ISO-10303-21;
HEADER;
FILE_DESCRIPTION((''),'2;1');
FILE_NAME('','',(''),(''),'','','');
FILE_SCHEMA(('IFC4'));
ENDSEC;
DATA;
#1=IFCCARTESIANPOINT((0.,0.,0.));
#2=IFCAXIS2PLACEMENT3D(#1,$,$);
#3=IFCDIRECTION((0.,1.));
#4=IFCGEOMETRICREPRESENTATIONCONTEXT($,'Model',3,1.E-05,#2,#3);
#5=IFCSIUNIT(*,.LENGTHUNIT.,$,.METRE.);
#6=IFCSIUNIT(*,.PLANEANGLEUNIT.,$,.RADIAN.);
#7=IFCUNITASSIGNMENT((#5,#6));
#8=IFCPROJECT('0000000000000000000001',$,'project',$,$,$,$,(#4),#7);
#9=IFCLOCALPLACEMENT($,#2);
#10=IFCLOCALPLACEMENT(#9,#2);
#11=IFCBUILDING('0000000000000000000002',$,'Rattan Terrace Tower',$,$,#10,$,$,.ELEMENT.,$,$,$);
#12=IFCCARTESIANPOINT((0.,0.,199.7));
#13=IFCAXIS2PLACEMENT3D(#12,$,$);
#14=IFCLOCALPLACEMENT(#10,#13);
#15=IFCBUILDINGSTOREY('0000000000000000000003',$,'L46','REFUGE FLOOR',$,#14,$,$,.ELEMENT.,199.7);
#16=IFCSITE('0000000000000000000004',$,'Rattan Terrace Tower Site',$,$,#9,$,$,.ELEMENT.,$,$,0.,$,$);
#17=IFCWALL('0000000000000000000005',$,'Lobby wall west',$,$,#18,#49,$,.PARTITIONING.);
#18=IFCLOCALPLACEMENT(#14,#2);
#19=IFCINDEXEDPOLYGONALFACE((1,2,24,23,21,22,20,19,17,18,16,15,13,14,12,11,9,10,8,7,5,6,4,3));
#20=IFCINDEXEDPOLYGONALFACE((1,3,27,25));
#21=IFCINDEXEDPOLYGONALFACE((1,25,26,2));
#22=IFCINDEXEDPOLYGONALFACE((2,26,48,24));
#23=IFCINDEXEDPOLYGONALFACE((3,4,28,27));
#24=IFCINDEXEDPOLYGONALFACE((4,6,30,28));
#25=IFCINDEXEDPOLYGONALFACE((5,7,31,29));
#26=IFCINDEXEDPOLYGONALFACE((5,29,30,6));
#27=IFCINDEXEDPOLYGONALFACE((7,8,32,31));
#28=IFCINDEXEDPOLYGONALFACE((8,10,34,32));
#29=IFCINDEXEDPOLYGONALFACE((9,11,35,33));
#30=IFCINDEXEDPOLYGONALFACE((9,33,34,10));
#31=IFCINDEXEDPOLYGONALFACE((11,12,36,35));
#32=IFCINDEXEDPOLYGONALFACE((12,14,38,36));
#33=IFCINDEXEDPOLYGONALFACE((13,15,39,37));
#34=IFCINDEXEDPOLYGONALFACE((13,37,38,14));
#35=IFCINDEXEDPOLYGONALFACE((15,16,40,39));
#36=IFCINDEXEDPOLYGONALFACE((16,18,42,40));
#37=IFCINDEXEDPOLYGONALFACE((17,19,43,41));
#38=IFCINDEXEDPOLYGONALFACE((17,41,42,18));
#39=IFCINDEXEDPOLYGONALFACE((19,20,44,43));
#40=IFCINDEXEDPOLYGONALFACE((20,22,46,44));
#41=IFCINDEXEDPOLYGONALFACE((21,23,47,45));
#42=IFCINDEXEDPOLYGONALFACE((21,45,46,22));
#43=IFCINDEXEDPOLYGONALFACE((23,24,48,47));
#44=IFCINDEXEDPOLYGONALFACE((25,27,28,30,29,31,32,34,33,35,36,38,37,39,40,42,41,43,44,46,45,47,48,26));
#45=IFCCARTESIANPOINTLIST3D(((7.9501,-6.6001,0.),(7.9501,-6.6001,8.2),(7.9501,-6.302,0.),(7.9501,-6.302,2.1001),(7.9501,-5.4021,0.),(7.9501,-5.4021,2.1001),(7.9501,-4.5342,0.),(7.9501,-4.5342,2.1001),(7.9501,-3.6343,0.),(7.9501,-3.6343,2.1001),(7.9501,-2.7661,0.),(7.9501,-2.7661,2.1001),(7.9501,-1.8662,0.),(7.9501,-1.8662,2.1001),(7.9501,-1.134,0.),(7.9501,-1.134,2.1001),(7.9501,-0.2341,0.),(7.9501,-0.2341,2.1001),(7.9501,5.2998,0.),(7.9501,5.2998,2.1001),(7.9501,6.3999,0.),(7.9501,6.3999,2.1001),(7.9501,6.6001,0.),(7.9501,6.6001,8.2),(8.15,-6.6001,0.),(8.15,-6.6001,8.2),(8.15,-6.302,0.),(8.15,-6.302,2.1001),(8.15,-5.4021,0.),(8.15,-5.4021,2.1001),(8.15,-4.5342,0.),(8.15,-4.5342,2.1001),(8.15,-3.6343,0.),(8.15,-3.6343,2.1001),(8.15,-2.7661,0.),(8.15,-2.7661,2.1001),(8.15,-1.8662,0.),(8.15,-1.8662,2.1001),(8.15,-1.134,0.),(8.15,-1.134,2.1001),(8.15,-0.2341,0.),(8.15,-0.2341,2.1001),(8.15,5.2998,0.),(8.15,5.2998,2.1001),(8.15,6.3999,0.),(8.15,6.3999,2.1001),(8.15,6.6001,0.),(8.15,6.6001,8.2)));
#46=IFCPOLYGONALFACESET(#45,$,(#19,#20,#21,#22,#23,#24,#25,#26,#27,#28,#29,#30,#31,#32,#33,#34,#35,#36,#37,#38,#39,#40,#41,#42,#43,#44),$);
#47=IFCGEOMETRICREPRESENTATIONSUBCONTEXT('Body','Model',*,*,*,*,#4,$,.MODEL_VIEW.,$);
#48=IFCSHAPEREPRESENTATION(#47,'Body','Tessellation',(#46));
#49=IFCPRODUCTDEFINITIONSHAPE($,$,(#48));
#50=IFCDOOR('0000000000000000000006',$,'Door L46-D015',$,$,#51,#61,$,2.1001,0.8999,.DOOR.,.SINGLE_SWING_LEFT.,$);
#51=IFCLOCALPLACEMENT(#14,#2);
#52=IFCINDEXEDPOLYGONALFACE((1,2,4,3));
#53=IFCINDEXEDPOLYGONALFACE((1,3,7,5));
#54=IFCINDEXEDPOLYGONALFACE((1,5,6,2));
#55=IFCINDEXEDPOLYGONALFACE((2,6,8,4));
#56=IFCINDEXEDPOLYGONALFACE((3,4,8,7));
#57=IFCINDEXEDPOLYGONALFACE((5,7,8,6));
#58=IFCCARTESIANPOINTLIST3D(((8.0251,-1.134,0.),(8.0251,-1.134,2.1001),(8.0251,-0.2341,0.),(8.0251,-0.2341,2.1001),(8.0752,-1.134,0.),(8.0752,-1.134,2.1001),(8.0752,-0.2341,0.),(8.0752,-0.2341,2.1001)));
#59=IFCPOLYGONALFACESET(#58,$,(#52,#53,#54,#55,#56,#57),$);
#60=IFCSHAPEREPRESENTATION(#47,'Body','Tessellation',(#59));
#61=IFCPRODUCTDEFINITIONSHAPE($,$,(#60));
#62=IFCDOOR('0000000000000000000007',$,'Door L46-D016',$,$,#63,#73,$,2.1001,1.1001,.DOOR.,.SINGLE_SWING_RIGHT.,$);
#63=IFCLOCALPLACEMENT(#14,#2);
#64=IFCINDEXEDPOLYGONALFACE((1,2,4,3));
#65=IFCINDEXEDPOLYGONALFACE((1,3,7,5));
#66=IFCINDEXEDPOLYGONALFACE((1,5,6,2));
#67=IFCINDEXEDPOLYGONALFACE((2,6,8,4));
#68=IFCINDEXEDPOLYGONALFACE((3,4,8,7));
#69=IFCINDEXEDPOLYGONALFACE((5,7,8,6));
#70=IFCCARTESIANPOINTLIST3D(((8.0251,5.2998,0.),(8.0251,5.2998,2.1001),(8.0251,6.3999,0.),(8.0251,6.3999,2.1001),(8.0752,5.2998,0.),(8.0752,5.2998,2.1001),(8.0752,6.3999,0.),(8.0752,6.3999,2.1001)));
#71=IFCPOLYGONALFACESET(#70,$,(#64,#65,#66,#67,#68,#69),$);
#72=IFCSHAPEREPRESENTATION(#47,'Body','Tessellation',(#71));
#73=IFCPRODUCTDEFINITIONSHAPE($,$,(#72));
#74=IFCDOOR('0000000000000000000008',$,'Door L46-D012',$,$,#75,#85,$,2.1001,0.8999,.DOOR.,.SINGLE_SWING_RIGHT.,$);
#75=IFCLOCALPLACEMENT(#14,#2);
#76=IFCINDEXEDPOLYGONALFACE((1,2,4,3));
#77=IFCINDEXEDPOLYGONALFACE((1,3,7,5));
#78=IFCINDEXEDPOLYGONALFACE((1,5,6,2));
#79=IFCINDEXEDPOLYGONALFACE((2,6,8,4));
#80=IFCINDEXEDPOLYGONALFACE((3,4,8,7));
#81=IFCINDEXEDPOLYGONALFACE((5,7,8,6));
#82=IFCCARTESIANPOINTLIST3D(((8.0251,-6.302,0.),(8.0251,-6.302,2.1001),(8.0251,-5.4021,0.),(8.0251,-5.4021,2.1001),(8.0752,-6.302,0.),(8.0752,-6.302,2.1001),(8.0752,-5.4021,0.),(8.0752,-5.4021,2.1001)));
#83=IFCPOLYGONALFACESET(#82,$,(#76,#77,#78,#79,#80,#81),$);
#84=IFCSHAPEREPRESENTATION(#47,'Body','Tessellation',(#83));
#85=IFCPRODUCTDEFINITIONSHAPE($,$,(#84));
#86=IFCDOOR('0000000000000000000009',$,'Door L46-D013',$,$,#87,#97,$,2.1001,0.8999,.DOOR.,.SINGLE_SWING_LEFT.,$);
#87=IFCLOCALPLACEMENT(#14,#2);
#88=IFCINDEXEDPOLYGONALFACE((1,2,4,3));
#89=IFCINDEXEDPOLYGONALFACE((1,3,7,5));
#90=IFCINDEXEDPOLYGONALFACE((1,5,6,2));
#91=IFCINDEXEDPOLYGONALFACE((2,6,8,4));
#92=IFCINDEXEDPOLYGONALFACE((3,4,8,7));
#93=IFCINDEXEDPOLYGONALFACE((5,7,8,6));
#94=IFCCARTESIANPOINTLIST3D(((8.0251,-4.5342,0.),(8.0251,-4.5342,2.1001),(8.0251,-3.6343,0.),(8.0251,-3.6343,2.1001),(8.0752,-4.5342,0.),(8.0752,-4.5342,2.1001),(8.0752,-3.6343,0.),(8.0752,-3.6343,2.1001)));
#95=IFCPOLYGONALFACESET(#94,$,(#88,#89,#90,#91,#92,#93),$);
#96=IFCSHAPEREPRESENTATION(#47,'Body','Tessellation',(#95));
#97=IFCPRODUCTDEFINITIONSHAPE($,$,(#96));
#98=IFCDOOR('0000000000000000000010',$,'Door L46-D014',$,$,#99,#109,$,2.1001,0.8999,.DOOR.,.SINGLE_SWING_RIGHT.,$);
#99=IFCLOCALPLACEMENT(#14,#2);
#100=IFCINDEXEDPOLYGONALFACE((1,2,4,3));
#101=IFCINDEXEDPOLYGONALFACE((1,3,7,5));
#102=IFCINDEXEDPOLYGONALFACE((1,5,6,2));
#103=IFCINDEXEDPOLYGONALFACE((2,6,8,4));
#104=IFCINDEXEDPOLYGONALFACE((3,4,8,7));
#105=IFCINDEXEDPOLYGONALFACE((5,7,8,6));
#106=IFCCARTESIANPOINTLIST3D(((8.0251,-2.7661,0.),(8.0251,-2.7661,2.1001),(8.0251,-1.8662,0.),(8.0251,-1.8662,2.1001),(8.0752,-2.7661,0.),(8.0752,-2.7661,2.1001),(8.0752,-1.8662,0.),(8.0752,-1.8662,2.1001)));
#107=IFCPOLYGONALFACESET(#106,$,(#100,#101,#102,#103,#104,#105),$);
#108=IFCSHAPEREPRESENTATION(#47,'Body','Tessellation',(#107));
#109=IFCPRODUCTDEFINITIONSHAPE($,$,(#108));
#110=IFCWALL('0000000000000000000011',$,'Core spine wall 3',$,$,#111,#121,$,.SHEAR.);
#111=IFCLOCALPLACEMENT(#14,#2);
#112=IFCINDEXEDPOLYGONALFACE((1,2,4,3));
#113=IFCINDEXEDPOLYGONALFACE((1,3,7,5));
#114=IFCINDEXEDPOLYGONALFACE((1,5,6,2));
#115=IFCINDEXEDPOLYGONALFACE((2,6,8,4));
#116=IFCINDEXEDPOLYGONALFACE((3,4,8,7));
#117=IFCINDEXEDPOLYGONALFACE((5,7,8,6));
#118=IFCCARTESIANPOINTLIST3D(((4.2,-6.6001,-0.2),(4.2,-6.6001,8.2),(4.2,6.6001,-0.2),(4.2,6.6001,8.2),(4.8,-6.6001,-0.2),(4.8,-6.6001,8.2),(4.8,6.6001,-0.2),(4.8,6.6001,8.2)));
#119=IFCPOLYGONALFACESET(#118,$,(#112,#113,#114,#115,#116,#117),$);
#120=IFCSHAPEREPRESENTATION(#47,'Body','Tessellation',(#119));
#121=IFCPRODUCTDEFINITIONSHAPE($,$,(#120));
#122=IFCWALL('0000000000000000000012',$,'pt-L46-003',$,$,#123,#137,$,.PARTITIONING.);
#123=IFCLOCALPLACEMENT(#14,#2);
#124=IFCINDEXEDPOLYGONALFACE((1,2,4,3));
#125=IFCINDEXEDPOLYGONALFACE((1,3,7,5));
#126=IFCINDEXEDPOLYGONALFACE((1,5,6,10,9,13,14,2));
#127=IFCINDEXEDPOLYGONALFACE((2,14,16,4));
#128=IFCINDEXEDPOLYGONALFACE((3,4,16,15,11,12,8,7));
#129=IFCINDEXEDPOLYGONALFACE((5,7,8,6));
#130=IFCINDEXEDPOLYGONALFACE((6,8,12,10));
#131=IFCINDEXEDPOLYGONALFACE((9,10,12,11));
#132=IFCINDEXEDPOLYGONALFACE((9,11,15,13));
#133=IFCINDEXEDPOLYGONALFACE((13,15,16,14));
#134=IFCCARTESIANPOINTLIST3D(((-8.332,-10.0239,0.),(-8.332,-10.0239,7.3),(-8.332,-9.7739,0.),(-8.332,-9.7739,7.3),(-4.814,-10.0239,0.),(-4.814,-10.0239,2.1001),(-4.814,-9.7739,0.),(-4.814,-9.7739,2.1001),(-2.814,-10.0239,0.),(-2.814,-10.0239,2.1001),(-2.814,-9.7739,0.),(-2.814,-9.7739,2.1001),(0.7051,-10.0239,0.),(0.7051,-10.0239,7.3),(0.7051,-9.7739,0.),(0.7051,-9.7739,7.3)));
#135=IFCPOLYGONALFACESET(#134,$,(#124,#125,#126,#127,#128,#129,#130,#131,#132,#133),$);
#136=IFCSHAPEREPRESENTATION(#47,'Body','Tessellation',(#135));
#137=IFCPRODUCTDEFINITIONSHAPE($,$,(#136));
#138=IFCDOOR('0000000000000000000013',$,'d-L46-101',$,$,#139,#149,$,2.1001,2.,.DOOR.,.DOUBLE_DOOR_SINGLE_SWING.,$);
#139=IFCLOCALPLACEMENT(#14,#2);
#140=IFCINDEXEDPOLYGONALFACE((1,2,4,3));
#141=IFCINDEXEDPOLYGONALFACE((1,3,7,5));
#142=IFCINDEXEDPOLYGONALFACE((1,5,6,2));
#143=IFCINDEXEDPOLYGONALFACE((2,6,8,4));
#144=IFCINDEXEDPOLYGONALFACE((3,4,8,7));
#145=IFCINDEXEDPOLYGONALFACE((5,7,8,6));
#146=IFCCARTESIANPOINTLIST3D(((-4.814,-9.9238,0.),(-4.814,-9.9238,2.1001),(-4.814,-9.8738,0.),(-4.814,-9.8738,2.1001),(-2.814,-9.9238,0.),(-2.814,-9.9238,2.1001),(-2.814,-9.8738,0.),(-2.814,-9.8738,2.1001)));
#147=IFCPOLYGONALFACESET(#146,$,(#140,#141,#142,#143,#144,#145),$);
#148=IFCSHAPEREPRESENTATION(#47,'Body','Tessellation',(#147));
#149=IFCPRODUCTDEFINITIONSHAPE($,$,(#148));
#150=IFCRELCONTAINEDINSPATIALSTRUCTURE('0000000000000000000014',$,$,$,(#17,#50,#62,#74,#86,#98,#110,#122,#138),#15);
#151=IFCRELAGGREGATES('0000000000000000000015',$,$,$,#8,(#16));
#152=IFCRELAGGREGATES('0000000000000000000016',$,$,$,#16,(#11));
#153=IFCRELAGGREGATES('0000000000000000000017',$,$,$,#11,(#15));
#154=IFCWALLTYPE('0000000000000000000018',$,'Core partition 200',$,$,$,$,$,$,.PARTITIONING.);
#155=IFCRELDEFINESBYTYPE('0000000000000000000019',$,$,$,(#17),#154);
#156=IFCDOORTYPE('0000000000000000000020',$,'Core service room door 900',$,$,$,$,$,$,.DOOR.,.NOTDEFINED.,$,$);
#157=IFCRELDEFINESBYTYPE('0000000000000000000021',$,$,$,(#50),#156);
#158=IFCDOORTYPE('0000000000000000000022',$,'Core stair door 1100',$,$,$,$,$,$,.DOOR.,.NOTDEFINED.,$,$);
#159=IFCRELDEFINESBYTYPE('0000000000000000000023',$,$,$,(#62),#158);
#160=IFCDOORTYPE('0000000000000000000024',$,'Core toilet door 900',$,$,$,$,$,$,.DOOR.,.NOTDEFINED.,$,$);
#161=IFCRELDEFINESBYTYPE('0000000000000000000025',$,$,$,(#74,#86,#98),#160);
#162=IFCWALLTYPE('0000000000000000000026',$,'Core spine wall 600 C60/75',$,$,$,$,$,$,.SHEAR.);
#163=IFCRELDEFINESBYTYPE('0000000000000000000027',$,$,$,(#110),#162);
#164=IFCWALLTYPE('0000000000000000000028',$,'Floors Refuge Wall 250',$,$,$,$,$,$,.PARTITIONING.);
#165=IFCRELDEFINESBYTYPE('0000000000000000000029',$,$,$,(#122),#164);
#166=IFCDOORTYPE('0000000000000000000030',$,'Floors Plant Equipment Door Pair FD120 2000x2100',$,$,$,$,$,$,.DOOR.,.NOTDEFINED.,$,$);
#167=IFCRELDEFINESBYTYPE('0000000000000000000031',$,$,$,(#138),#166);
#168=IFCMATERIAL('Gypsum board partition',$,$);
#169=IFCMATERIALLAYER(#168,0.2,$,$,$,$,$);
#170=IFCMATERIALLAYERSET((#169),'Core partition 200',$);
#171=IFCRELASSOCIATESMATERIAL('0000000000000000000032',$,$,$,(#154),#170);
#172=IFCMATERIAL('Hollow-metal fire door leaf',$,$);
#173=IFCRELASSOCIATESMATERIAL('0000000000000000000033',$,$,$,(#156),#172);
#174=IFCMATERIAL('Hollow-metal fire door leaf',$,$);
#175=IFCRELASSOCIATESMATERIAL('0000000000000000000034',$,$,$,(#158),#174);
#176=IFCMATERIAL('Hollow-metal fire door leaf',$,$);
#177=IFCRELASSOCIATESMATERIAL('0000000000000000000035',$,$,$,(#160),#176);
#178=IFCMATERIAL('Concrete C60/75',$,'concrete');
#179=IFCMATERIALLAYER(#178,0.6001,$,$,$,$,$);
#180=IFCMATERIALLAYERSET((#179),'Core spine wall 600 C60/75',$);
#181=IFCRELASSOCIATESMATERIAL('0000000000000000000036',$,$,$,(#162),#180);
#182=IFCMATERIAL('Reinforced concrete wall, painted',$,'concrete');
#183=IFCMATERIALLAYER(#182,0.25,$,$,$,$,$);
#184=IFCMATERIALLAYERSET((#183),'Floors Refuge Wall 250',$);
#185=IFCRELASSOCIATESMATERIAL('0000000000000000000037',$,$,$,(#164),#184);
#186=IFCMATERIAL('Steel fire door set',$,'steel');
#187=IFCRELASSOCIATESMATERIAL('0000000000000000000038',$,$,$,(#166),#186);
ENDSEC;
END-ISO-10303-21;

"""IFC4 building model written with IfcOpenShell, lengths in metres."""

from ifc_helpers import new_model, si_unit, direction, frame, frame_2d, origin, place, context, subcontext, project, spatial, rectangle, extrude, material, layer, layer_set, type_object, element, fill, save


model = new_model("IFC4")

# Units and contexts
model_context = context("Model", 3, precision=1e-05, world=origin(), true_north=direction((0.0, 1.0)))
body_context = subcontext(model_context, "Body", "Model", "MODEL_VIEW")
ifc_project = project(units=[si_unit("LENGTHUNIT", "METRE"), si_unit("PLANEANGLEUNIT", "RADIAN")], contexts=[model_context])

# Site, building, storey
site_placement = place(None, origin())
site = spatial("IfcSite", under=ifc_project, at=site_placement, Name="Rattan Terrace Tower Site", CompositionType="ELEMENT", RefElevation=0.0)
building_placement = place(site_placement, origin())
building = spatial("IfcBuilding", under=site, at=building_placement, Name="Rattan Terrace Tower", CompositionType="ELEMENT")
storey_placement = place(building_placement, frame((0.0, 0.0, 199.7)))
storey = spatial("IfcBuildingStorey", under=building, at=storey_placement, Name="L46", Description="REFUGE FLOOR", CompositionType="ELEMENT", Elevation=199.7)

# Wall, openings, doors
ifc_material_1 = material(Name="Gypsum board partition")
ifc_layer_1 = layer(ifc_material_1, 0.2)
ifc_layer_set_1 = layer_set([ifc_layer_1], Name="Core partition 200")
wall_type_1 = type_object("IfcWallType", Name="Core partition 200", PredefinedType="PARTITIONING", material=ifc_layer_set_1)
wall_1_placement = place(storey_placement, frame((8.05, -6.6001, 0.0), z_axis=(0.0, 0.0, 1.0), x_axis=(0.0, 1.0, 0.0)))
wall_1 = element("IfcWall", 1, at=wall_1_placement, inside=storey, type_object=wall_type_1, Name="Lobby wall west", PredefinedType="PARTITIONING", context=body_context, shape_type="SweptSolid", body=[
    extrude(rectangle(XDim=13.2002, YDim=0.2, at=frame_2d((6.6001, 0.0))), origin(), (0.0, 0.0, 1.0), 8.2),
])
opening_1_placement = place(wall_1_placement, frame((0.2981, 0.0, 0.0)))
opening_1 = element("IfcOpeningElement", 2, at=opening_1_placement, cuts=wall_1, PredefinedType="OPENING", context=body_context, shape_type="SweptSolid", body=[
    extrude(rectangle(XDim=0.8999, YDim=2.1001, at=frame_2d((0.45, 1.05))), frame((0.0, 0.1106, 0.0), z_axis=(0.0, -1.0, 0.0), x_axis=(1.0, 0.0, 0.0)), (0.0, 0.0, 1.0), 0.2209),
])
opening_2_placement = place(wall_1_placement, frame((2.0659, 0.0, 0.0)))
opening_2 = element("IfcOpeningElement", 3, at=opening_2_placement, cuts=wall_1, PredefinedType="OPENING", context=body_context, shape_type="SweptSolid", body=[
    extrude(rectangle(XDim=0.8999, YDim=2.1001, at=frame_2d((0.45, 1.05))), frame((0.0, 0.1106, 0.0), z_axis=(0.0, -1.0, 0.0), x_axis=(1.0, 0.0, 0.0)), (0.0, 0.0, 1.0), 0.2209),
])
opening_3_placement = place(wall_1_placement, frame((3.834, 0.0, 0.0)))
opening_3 = element("IfcOpeningElement", 4, at=opening_3_placement, cuts=wall_1, PredefinedType="OPENING", context=body_context, shape_type="SweptSolid", body=[
    extrude(rectangle(XDim=0.8999, YDim=2.1001, at=frame_2d((0.45, 1.05))), frame((0.0, 0.1106, 0.0), z_axis=(0.0, -1.0, 0.0), x_axis=(1.0, 0.0, 0.0)), (0.0, 0.0, 1.0), 0.2209),
])
opening_4_placement = place(wall_1_placement, frame((5.4661, 0.0, 0.0)))
opening_4 = element("IfcOpeningElement", 5, at=opening_4_placement, cuts=wall_1, PredefinedType="OPENING", context=body_context, shape_type="SweptSolid", body=[
    extrude(rectangle(XDim=0.8999, YDim=2.1001, at=frame_2d((0.45, 1.05))), frame((0.0, 0.1106, 0.0), z_axis=(0.0, -1.0, 0.0), x_axis=(1.0, 0.0, 0.0)), (0.0, 0.0, 1.0), 0.2209),
])
opening_5_placement = place(wall_1_placement, frame((11.8999, 0.0, 0.0)))
opening_5 = element("IfcOpeningElement", 6, at=opening_5_placement, cuts=wall_1, PredefinedType="OPENING", context=body_context, shape_type="SweptSolid", body=[
    extrude(rectangle(XDim=1.1001, YDim=2.1001, at=frame_2d((0.55, 1.05))), frame((0.0, 0.1106, 0.0), z_axis=(0.0, -1.0, 0.0), x_axis=(1.0, 0.0, 0.0)), (0.0, 0.0, 1.0), 0.2209),
])
ifc_material_2 = material(Name="Hollow-metal fire door leaf")
door_type_1 = type_object("IfcDoorType", Name="Core service room door 900", OperationType="NOTDEFINED", PredefinedType="DOOR", material=ifc_material_2)
door_1_placement = place(opening_4_placement, origin())
door_1 = element("IfcDoor", 7, at=door_1_placement, inside=storey, type_object=door_type_1, Name="Door L46-D015", OperationType="SINGLE_SWING_LEFT", OverallHeight=2.1001, OverallWidth=0.8999, PredefinedType="DOOR", context=body_context, shape_type="SweptSolid", body=[
    extrude(rectangle(XDim=0.8999, YDim=2.1001, at=frame_2d((0.45, 1.05))), frame((0.0, 0.0249, 0.0), z_axis=(0.0, -1.0, 0.0), x_axis=(1.0, 0.0, 0.0)), (0.0, 0.0, 1.0), 0.05),
])
fill(opening_4, door_1)
ifc_material_3 = material(Name="Hollow-metal fire door leaf")
door_type_2 = type_object("IfcDoorType", Name="Core stair door 1100", OperationType="NOTDEFINED", PredefinedType="DOOR", material=ifc_material_3)
door_2_placement = place(opening_5_placement, origin())
door_2 = element("IfcDoor", 8, at=door_2_placement, inside=storey, type_object=door_type_2, Name="Door L46-D016", OperationType="SINGLE_SWING_RIGHT", OverallHeight=2.1001, OverallWidth=1.1001, PredefinedType="DOOR", context=body_context, shape_type="SweptSolid", body=[
    extrude(rectangle(XDim=1.1001, YDim=2.1001, at=frame_2d((0.55, 1.05))), frame((0.0, 0.0249, 0.0), z_axis=(0.0, -1.0, 0.0), x_axis=(1.0, 0.0, 0.0)), (0.0, 0.0, 1.0), 0.05),
])
fill(opening_5, door_2)
ifc_material_4 = material(Name="Hollow-metal fire door leaf")
door_type_3 = type_object("IfcDoorType", Name="Core toilet door 900", OperationType="NOTDEFINED", PredefinedType="DOOR", material=ifc_material_4)
door_3_placement = place(opening_1_placement, origin())
door_3 = element("IfcDoor", 9, at=door_3_placement, inside=storey, type_object=door_type_3, Name="Door L46-D012", OperationType="SINGLE_SWING_RIGHT", OverallHeight=2.1001, OverallWidth=0.8999, PredefinedType="DOOR", context=body_context, shape_type="SweptSolid", body=[
    extrude(rectangle(XDim=0.8999, YDim=2.1001, at=frame_2d((0.45, 1.05))), frame((0.0, 0.0249, 0.0), z_axis=(0.0, -1.0, 0.0), x_axis=(1.0, 0.0, 0.0)), (0.0, 0.0, 1.0), 0.05),
])
fill(opening_1, door_3)
door_4_placement = place(opening_2_placement, origin())
door_4 = element("IfcDoor", 10, at=door_4_placement, inside=storey, type_object=door_type_3, Name="Door L46-D013", OperationType="SINGLE_SWING_LEFT", OverallHeight=2.1001, OverallWidth=0.8999, PredefinedType="DOOR", context=body_context, shape_type="SweptSolid", body=[
    extrude(rectangle(XDim=0.8999, YDim=2.1001, at=frame_2d((0.45, 1.05))), frame((0.0, 0.0249, 0.0), z_axis=(0.0, -1.0, 0.0), x_axis=(1.0, 0.0, 0.0)), (0.0, 0.0, 1.0), 0.05),
])
fill(opening_2, door_4)
door_5_placement = place(opening_3_placement, origin())
door_5 = element("IfcDoor", 11, at=door_5_placement, inside=storey, type_object=door_type_3, Name="Door L46-D014", OperationType="SINGLE_SWING_RIGHT", OverallHeight=2.1001, OverallWidth=0.8999, PredefinedType="DOOR", context=body_context, shape_type="SweptSolid", body=[
    extrude(rectangle(XDim=0.8999, YDim=2.1001, at=frame_2d((0.45, 1.05))), frame((0.0, 0.0249, 0.0), z_axis=(0.0, -1.0, 0.0), x_axis=(1.0, 0.0, 0.0)), (0.0, 0.0, 1.0), 0.05),
])
fill(opening_3, door_5)

# Wall
ifc_material_5 = material(Name="Concrete C60/75", Category="concrete")
ifc_layer_2 = layer(ifc_material_5, 0.6001)
ifc_layer_set_2 = layer_set([ifc_layer_2], Name="Core spine wall 600 C60/75")
wall_type_2 = type_object("IfcWallType", Name="Core spine wall 600 C60/75", PredefinedType="SHEAR", material=ifc_layer_set_2)
wall_2_placement = place(storey_placement, frame((4.5, -6.6001, -0.2), z_axis=(0.0, 0.0, 1.0), x_axis=(0.0, 1.0, 0.0)))
element("IfcWall", 12, at=wall_2_placement, inside=storey, type_object=wall_type_2, Name="Core spine wall 3", PredefinedType="SHEAR", context=body_context, shape_type="SweptSolid", body=[
    extrude(rectangle(XDim=13.2002, YDim=0.6001, at=frame_2d((6.6001, 0.0))), origin(), (0.0, 0.0, 1.0), 8.3999),
])

# Wall, opening, door
ifc_material_6 = material(Name="Reinforced concrete wall, painted", Category="concrete")
ifc_layer_3 = layer(ifc_material_6, 0.25)
ifc_layer_set_3 = layer_set([ifc_layer_3], Name="Floors Refuge Wall 250")
wall_type_3 = type_object("IfcWallType", Name="Floors Refuge Wall 250", PredefinedType="PARTITIONING", material=ifc_layer_set_3)
wall_3_placement = place(storey_placement, frame((0.7051, -9.8989, 0.0), z_axis=(0.0, 0.0, 1.0), x_axis=(-1.0, 0.0, 0.0)))
wall_3 = element("IfcWall", 13, at=wall_3_placement, inside=storey, type_object=wall_type_3, Name="pt-L46-003", PredefinedType="PARTITIONING", context=body_context, shape_type="SweptSolid", body=[
    extrude(rectangle(XDim=9.0371, YDim=0.25, at=frame_2d((4.5186, 0.0))), origin(), (0.0, 0.0, 1.0), 7.3),
])
opening_6_placement = place(wall_3_placement, frame((3.519, 0.0, 0.0)))
opening_6 = element("IfcOpeningElement", 14, at=opening_6_placement, cuts=wall_3, PredefinedType="OPENING", context=body_context, shape_type="SweptSolid", body=[
    extrude(rectangle(XDim=2.0, YDim=2.1001, at=frame_2d((1.0, 1.05))), frame((0.0, 0.1355, 0.0), z_axis=(0.0, -1.0, 0.0), x_axis=(1.0, 0.0, 0.0)), (0.0, 0.0, 1.0), 0.271),
])
ifc_material_7 = material(Name="Steel fire door set", Category="steel")
door_type_4 = type_object("IfcDoorType", Name="Floors Plant Equipment Door Pair FD120 2000x2100", OperationType="NOTDEFINED", PredefinedType="DOOR", material=ifc_material_7)
door_6_placement = place(opening_6_placement, origin())
door_6 = element("IfcDoor", 15, at=door_6_placement, inside=storey, type_object=door_type_4, Name="d-L46-101", OperationType="DOUBLE_DOOR_SINGLE_SWING", OverallHeight=2.1001, OverallWidth=2.0, PredefinedType="DOOR", context=body_context, shape_type="SweptSolid", body=[
    extrude(rectangle(XDim=2.0, YDim=2.1001, at=frame_2d((1.0, 1.05))), frame((0.0, 0.0249, 0.0), z_axis=(0.0, -1.0, 0.0), x_axis=(1.0, 0.0, 0.0)), (0.0, 0.0, 1.0), 0.05),
])
fill(opening_6, door_6)

save(model, "model.ifc")
